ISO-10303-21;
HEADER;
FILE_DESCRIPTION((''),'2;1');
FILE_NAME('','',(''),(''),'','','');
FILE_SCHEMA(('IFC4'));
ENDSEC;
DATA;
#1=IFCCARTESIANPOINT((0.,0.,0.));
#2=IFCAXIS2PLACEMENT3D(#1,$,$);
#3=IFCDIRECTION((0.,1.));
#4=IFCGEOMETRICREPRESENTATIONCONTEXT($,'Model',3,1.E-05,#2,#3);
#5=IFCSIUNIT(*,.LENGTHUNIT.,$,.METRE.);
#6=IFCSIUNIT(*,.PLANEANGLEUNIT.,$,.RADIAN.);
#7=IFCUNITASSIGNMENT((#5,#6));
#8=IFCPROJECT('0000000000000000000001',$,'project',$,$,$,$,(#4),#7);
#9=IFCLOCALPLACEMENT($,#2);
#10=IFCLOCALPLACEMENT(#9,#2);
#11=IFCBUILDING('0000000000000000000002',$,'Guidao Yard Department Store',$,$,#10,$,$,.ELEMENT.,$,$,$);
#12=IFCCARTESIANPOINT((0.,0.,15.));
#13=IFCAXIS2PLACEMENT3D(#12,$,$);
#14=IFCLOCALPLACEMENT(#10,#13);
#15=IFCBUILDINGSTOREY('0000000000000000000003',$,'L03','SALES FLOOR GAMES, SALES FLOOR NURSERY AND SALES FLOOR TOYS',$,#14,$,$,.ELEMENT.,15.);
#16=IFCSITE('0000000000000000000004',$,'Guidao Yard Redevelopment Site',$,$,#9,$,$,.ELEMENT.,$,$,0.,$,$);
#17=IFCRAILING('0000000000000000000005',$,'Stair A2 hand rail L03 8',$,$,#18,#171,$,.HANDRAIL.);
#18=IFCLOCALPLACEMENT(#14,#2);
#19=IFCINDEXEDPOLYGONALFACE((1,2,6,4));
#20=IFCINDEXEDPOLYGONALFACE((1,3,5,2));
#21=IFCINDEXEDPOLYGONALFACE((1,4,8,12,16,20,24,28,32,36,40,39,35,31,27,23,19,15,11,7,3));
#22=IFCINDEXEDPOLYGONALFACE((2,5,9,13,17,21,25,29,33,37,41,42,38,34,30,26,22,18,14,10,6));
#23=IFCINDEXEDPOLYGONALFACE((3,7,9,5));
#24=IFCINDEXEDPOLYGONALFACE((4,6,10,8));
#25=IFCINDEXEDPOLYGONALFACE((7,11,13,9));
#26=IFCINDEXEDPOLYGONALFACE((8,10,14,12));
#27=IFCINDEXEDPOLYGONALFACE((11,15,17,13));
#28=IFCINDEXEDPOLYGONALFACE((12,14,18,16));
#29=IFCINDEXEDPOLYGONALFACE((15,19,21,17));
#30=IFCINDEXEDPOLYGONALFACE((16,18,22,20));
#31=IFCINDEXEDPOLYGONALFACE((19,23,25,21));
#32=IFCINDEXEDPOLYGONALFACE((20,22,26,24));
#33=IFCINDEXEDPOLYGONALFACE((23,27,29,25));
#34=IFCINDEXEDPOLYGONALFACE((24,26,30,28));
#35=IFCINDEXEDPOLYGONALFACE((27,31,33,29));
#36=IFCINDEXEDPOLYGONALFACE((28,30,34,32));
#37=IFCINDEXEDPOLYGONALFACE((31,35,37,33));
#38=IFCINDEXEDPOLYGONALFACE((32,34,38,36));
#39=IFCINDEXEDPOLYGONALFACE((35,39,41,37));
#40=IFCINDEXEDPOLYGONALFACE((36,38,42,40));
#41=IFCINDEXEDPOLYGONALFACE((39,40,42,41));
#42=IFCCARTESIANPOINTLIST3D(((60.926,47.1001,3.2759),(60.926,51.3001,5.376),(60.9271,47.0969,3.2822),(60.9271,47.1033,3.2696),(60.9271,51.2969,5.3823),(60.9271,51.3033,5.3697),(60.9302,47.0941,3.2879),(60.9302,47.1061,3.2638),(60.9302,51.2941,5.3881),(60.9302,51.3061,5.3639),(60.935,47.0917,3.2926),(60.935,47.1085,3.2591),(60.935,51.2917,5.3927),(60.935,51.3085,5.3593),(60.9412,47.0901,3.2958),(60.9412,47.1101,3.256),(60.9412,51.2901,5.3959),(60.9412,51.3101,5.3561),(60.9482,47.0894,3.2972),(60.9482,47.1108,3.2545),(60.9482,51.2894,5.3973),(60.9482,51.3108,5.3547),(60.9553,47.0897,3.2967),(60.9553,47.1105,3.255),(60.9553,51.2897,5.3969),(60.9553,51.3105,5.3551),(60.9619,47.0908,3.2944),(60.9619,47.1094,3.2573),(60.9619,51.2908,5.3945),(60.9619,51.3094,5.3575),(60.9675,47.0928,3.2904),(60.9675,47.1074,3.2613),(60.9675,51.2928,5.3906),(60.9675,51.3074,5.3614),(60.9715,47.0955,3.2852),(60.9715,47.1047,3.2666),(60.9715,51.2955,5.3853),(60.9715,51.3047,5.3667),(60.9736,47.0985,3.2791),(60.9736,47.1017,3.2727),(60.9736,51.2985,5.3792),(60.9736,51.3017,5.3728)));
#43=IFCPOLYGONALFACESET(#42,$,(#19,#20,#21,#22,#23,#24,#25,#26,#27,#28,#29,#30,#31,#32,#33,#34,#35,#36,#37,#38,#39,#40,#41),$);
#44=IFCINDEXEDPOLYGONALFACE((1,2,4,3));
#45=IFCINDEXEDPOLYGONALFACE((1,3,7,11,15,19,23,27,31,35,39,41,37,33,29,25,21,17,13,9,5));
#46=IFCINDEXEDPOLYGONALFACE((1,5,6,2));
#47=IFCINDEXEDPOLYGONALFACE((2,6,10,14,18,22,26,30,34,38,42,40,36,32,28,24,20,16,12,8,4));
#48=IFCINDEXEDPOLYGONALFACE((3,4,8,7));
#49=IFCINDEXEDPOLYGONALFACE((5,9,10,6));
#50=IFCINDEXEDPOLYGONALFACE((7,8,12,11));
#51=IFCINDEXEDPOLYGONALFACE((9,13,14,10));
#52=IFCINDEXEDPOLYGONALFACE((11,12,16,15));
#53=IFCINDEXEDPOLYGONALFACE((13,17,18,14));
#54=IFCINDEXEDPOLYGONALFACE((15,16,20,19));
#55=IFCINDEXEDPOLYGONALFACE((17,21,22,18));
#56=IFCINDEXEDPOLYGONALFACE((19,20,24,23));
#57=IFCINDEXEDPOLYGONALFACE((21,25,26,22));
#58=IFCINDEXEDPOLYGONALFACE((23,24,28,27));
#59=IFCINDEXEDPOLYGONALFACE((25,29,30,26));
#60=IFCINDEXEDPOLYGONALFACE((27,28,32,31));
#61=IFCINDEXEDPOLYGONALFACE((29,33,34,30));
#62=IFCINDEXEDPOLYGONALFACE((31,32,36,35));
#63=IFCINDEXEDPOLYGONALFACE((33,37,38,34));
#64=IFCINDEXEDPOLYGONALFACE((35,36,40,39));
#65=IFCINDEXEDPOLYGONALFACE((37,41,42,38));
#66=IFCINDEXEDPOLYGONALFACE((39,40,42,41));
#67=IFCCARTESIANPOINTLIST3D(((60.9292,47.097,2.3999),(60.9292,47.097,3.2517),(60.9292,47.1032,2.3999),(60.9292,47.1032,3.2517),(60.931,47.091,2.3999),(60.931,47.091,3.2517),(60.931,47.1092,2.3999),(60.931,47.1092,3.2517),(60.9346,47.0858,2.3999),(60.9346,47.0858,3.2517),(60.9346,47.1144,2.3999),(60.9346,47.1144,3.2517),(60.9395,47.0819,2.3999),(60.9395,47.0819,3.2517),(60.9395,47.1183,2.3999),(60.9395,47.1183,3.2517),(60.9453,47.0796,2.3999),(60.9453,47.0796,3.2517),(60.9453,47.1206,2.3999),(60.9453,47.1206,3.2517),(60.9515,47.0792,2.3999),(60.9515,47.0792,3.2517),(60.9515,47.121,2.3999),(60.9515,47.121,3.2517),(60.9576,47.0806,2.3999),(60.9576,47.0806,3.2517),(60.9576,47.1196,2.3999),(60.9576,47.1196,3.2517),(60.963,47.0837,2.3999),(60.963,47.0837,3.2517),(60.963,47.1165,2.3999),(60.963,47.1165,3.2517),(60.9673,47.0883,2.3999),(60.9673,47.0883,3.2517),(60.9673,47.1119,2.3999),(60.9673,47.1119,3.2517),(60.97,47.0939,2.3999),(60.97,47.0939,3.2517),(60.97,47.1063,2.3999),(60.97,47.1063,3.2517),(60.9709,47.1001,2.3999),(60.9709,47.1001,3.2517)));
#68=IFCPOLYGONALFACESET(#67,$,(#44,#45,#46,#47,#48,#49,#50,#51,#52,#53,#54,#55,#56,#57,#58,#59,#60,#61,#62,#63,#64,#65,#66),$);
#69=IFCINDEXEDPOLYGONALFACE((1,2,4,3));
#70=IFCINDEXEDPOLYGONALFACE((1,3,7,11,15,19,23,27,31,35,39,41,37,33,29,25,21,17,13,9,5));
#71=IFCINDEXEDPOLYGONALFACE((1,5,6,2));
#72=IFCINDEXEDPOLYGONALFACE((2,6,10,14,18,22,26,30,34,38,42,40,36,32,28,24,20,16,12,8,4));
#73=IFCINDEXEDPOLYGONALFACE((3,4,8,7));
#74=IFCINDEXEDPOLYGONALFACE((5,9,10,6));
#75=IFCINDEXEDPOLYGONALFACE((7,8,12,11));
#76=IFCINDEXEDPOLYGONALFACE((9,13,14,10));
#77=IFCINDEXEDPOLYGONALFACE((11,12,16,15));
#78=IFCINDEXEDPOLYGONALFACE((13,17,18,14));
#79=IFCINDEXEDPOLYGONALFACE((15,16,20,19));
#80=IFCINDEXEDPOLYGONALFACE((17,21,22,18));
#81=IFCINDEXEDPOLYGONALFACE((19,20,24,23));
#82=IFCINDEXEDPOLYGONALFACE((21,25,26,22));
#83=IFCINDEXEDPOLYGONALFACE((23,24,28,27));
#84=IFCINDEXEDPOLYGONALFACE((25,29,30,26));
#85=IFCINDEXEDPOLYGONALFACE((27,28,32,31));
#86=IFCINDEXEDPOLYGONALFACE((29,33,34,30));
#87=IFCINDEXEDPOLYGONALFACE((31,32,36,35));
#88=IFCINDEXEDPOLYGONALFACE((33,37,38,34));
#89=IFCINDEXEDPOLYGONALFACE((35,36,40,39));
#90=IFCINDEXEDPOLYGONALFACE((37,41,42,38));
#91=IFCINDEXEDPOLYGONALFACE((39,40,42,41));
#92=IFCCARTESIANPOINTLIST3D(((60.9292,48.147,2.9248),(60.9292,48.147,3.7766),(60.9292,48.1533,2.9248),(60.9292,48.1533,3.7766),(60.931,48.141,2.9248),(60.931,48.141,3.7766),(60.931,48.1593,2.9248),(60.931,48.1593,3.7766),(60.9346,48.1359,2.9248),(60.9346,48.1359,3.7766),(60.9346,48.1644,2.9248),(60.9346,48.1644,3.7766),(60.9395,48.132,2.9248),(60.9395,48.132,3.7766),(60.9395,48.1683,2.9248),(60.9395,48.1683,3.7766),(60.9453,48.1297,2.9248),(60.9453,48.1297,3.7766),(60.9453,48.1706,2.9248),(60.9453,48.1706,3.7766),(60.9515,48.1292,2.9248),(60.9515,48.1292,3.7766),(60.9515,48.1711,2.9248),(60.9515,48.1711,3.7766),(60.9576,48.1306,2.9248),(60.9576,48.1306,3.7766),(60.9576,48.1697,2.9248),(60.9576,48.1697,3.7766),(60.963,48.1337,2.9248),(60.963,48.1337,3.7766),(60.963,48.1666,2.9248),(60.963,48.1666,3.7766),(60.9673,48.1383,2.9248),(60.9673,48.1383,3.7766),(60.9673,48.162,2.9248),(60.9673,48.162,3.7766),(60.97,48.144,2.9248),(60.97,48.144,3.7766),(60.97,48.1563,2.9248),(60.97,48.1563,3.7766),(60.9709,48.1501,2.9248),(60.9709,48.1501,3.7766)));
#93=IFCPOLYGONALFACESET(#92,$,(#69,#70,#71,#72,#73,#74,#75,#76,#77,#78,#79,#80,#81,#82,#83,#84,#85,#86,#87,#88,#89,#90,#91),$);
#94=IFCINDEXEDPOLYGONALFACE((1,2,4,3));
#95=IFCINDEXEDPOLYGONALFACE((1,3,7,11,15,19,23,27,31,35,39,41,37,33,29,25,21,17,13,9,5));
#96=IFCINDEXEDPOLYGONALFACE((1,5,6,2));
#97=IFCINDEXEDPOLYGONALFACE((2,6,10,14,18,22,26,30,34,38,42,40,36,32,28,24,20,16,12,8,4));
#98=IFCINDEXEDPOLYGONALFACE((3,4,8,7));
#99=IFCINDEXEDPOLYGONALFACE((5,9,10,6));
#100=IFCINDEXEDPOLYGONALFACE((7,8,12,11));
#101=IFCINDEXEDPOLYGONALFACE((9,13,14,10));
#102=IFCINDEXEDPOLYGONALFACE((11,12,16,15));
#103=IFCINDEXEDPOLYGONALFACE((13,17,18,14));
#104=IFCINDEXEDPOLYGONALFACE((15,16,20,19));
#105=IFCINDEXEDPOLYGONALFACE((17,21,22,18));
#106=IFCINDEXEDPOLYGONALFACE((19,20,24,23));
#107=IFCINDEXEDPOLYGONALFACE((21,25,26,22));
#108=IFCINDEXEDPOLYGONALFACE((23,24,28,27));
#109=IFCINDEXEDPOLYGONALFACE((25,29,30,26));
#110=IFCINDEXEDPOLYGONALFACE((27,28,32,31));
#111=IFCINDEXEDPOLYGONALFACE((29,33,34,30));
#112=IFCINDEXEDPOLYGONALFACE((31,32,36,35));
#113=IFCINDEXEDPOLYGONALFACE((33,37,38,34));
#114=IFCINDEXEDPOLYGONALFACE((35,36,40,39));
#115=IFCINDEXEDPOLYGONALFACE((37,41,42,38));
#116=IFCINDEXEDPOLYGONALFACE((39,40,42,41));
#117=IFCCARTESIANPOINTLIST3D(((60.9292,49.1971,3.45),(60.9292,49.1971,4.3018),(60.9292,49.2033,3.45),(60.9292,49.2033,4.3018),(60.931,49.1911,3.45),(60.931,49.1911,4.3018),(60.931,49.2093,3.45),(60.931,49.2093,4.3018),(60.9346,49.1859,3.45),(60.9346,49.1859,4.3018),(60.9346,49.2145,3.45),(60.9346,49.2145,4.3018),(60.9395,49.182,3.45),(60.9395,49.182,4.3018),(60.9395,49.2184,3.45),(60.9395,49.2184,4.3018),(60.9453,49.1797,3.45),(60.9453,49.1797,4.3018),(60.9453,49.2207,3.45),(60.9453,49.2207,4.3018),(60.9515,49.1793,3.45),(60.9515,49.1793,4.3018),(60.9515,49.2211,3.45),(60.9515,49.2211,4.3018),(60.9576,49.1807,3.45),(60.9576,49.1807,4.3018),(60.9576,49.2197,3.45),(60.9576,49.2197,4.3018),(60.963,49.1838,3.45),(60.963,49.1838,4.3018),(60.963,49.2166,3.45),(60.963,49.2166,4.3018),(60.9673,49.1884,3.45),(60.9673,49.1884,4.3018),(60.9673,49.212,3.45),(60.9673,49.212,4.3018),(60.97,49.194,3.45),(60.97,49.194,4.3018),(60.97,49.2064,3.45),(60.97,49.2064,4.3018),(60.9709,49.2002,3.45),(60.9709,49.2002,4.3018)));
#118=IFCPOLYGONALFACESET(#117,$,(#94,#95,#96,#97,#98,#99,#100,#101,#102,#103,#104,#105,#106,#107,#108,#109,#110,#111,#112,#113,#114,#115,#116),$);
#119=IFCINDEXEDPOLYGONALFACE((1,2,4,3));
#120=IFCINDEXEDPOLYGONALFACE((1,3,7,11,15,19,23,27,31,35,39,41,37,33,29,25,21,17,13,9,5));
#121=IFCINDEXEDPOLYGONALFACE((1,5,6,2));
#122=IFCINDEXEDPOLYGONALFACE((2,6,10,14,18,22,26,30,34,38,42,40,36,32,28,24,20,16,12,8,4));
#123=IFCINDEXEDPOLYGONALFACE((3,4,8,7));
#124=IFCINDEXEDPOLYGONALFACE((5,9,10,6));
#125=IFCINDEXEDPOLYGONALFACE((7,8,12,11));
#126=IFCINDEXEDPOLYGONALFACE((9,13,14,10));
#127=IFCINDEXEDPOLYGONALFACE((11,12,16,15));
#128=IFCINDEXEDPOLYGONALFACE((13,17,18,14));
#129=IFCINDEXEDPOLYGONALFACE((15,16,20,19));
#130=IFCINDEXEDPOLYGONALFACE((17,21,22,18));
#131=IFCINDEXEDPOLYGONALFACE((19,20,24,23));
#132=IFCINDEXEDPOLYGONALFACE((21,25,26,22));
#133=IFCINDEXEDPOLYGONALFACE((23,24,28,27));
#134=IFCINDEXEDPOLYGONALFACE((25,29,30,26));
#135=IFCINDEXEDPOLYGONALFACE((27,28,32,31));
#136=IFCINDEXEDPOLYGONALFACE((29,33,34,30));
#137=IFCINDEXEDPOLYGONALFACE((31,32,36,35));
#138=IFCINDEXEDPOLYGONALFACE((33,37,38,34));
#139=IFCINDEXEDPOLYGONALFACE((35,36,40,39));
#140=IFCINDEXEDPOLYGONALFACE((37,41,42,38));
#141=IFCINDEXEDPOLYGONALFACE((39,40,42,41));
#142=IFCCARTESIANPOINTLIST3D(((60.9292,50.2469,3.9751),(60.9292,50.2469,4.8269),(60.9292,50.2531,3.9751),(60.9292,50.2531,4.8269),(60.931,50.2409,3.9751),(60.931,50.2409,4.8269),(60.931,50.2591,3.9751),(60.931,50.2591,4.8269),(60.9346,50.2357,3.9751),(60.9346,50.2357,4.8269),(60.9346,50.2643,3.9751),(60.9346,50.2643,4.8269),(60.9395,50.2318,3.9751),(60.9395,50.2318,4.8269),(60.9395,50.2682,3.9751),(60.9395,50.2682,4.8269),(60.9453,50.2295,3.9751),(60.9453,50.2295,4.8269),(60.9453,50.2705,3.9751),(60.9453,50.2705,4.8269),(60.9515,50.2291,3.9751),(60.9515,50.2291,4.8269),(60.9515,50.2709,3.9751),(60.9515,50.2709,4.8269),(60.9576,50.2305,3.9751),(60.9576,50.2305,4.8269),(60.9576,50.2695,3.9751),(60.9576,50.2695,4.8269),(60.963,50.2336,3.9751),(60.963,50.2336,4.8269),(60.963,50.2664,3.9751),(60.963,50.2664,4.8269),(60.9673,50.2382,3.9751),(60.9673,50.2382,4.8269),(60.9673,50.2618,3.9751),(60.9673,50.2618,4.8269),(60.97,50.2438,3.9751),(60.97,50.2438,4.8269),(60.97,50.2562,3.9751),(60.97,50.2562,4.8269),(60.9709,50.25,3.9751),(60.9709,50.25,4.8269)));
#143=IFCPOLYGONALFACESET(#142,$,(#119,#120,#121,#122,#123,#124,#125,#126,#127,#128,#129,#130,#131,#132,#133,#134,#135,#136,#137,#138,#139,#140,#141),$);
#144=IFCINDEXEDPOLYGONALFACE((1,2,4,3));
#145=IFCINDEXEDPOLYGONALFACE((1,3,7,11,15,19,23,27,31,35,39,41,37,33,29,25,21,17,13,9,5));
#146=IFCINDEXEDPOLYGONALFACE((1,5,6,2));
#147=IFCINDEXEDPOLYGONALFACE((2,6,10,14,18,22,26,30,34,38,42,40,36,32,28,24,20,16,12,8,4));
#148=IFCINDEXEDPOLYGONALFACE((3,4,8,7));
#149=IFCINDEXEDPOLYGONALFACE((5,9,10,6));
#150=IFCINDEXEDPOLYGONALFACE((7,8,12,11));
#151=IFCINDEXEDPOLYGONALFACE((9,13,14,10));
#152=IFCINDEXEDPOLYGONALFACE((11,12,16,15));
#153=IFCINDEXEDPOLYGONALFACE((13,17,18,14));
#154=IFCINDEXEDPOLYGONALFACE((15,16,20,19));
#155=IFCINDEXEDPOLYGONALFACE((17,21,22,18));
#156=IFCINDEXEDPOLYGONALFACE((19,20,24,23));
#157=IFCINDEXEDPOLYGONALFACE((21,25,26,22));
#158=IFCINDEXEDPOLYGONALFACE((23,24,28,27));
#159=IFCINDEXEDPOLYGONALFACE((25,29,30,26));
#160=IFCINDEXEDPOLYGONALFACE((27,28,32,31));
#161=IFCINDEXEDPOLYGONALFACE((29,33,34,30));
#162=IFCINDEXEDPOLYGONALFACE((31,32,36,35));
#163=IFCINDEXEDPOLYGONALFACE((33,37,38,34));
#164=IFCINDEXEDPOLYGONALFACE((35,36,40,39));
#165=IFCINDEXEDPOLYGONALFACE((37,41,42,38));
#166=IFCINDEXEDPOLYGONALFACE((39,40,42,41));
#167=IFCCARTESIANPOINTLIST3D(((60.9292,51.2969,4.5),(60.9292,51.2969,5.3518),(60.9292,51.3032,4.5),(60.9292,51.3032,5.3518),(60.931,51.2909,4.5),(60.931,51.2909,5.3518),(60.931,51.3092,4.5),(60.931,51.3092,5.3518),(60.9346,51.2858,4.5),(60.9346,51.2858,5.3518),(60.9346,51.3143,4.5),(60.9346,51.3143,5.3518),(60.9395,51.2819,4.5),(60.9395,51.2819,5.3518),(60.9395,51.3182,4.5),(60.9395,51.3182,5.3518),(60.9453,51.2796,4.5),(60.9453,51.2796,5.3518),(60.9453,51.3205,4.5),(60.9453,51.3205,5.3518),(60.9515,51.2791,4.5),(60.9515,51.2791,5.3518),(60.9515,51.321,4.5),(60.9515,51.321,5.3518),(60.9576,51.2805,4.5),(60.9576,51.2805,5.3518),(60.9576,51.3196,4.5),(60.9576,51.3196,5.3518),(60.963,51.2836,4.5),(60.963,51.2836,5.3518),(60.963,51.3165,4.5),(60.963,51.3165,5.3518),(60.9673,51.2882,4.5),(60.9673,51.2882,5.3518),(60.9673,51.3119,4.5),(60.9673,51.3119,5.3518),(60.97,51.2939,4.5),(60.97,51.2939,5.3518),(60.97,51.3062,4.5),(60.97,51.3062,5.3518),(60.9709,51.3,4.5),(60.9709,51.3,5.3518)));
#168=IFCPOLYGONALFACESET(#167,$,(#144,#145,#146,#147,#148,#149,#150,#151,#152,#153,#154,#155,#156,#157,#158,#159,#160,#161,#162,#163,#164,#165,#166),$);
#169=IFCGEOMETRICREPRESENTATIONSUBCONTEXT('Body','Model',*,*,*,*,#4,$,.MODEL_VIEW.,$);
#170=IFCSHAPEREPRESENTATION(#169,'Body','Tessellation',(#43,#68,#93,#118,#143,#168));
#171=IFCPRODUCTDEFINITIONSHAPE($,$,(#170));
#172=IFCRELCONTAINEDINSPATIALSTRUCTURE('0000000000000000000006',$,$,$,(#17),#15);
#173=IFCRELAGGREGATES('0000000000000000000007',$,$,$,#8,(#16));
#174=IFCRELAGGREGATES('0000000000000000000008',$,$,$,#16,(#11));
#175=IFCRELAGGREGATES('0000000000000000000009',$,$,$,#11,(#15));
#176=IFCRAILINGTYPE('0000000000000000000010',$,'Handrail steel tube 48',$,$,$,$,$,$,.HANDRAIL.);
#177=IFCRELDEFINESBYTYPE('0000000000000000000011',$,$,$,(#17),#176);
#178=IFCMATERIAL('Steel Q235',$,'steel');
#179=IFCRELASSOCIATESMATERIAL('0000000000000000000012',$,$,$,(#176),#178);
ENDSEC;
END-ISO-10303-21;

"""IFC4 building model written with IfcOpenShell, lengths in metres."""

from ifc_helpers import new_model, si_unit, direction, frame, origin, origin_2d, place, context, subcontext, project, spatial, circle, extrude, material, type_object, element, save


model = new_model("IFC4")

# Units and contexts
model_context = context("Model", 3, precision=1e-05, world=origin(), true_north=direction((0.0, 1.0)))
body_context = subcontext(model_context, "Body", "Model", "MODEL_VIEW")
ifc_project = project(units=[si_unit("LENGTHUNIT", "METRE"), si_unit("PLANEANGLEUNIT", "RADIAN")], contexts=[model_context])

# Site, building, storey
site_placement = place(None, origin())
site = spatial("IfcSite", under=ifc_project, at=site_placement, Name="Guidao Yard Redevelopment Site", CompositionType="ELEMENT", RefElevation=0.0)
building_placement = place(site_placement, origin())
building = spatial("IfcBuilding", under=site, at=building_placement, Name="Guidao Yard Department Store", CompositionType="ELEMENT")
storey_placement = place(building_placement, frame((0.0, 0.0, 15.0)))
storey = spatial("IfcBuildingStorey", under=building, at=storey_placement, Name="L03", Description="SALES FLOOR GAMES, SALES FLOOR NURSERY AND SALES FLOOR TOYS", CompositionType="ELEMENT", Elevation=15.0)

# Railing
ifc_material_1 = material(Name="Steel Q235", Category="steel")
railing_type_1 = type_object("IfcRailingType", Name="Handrail steel tube 48", PredefinedType="HANDRAIL", material=ifc_material_1)
railing_1_placement = place(storey_placement, frame((60.95, 47.1001, 2.3999)))
element("IfcRailing", 1, at=railing_1_placement, inside=storey, type_object=railing_type_1, Name="Stair A2 hand rail L03 8", PredefinedType="HANDRAIL", context=body_context, shape_type="SweptSolid", body=[
    extrude(circle(Radius=0.0239, at=origin_2d()), frame((0.0, 0.0, 0.876), z_axis=(0.0, 0.894417, 0.447234), x_axis=(-1.0, 0.0, 0.0)), (0.0, 0.0, 1.0), 4.6958),
    extrude(circle(Radius=0.021, at=origin_2d()), origin(), (0.0, 0.0, 1.0), 0.8518),
    extrude(circle(Radius=0.021, at=origin_2d()), frame((0.0, 1.05, 0.5249)), (0.0, 0.0, 1.0), 0.8518),
    extrude(circle(Radius=0.021, at=origin_2d()), frame((0.0, 2.1001, 1.05)), (0.0, 0.0, 1.0), 0.8518),
    extrude(circle(Radius=0.021, at=origin_2d()), frame((0.0, 3.1499, 1.5752)), (0.0, 0.0, 1.0), 0.8518),
    extrude(circle(Radius=0.021, at=origin_2d()), frame((0.0, 4.2, 2.1001)), (0.0, 0.0, 1.0), 0.8518),
])

save(model, "model.ifc")
